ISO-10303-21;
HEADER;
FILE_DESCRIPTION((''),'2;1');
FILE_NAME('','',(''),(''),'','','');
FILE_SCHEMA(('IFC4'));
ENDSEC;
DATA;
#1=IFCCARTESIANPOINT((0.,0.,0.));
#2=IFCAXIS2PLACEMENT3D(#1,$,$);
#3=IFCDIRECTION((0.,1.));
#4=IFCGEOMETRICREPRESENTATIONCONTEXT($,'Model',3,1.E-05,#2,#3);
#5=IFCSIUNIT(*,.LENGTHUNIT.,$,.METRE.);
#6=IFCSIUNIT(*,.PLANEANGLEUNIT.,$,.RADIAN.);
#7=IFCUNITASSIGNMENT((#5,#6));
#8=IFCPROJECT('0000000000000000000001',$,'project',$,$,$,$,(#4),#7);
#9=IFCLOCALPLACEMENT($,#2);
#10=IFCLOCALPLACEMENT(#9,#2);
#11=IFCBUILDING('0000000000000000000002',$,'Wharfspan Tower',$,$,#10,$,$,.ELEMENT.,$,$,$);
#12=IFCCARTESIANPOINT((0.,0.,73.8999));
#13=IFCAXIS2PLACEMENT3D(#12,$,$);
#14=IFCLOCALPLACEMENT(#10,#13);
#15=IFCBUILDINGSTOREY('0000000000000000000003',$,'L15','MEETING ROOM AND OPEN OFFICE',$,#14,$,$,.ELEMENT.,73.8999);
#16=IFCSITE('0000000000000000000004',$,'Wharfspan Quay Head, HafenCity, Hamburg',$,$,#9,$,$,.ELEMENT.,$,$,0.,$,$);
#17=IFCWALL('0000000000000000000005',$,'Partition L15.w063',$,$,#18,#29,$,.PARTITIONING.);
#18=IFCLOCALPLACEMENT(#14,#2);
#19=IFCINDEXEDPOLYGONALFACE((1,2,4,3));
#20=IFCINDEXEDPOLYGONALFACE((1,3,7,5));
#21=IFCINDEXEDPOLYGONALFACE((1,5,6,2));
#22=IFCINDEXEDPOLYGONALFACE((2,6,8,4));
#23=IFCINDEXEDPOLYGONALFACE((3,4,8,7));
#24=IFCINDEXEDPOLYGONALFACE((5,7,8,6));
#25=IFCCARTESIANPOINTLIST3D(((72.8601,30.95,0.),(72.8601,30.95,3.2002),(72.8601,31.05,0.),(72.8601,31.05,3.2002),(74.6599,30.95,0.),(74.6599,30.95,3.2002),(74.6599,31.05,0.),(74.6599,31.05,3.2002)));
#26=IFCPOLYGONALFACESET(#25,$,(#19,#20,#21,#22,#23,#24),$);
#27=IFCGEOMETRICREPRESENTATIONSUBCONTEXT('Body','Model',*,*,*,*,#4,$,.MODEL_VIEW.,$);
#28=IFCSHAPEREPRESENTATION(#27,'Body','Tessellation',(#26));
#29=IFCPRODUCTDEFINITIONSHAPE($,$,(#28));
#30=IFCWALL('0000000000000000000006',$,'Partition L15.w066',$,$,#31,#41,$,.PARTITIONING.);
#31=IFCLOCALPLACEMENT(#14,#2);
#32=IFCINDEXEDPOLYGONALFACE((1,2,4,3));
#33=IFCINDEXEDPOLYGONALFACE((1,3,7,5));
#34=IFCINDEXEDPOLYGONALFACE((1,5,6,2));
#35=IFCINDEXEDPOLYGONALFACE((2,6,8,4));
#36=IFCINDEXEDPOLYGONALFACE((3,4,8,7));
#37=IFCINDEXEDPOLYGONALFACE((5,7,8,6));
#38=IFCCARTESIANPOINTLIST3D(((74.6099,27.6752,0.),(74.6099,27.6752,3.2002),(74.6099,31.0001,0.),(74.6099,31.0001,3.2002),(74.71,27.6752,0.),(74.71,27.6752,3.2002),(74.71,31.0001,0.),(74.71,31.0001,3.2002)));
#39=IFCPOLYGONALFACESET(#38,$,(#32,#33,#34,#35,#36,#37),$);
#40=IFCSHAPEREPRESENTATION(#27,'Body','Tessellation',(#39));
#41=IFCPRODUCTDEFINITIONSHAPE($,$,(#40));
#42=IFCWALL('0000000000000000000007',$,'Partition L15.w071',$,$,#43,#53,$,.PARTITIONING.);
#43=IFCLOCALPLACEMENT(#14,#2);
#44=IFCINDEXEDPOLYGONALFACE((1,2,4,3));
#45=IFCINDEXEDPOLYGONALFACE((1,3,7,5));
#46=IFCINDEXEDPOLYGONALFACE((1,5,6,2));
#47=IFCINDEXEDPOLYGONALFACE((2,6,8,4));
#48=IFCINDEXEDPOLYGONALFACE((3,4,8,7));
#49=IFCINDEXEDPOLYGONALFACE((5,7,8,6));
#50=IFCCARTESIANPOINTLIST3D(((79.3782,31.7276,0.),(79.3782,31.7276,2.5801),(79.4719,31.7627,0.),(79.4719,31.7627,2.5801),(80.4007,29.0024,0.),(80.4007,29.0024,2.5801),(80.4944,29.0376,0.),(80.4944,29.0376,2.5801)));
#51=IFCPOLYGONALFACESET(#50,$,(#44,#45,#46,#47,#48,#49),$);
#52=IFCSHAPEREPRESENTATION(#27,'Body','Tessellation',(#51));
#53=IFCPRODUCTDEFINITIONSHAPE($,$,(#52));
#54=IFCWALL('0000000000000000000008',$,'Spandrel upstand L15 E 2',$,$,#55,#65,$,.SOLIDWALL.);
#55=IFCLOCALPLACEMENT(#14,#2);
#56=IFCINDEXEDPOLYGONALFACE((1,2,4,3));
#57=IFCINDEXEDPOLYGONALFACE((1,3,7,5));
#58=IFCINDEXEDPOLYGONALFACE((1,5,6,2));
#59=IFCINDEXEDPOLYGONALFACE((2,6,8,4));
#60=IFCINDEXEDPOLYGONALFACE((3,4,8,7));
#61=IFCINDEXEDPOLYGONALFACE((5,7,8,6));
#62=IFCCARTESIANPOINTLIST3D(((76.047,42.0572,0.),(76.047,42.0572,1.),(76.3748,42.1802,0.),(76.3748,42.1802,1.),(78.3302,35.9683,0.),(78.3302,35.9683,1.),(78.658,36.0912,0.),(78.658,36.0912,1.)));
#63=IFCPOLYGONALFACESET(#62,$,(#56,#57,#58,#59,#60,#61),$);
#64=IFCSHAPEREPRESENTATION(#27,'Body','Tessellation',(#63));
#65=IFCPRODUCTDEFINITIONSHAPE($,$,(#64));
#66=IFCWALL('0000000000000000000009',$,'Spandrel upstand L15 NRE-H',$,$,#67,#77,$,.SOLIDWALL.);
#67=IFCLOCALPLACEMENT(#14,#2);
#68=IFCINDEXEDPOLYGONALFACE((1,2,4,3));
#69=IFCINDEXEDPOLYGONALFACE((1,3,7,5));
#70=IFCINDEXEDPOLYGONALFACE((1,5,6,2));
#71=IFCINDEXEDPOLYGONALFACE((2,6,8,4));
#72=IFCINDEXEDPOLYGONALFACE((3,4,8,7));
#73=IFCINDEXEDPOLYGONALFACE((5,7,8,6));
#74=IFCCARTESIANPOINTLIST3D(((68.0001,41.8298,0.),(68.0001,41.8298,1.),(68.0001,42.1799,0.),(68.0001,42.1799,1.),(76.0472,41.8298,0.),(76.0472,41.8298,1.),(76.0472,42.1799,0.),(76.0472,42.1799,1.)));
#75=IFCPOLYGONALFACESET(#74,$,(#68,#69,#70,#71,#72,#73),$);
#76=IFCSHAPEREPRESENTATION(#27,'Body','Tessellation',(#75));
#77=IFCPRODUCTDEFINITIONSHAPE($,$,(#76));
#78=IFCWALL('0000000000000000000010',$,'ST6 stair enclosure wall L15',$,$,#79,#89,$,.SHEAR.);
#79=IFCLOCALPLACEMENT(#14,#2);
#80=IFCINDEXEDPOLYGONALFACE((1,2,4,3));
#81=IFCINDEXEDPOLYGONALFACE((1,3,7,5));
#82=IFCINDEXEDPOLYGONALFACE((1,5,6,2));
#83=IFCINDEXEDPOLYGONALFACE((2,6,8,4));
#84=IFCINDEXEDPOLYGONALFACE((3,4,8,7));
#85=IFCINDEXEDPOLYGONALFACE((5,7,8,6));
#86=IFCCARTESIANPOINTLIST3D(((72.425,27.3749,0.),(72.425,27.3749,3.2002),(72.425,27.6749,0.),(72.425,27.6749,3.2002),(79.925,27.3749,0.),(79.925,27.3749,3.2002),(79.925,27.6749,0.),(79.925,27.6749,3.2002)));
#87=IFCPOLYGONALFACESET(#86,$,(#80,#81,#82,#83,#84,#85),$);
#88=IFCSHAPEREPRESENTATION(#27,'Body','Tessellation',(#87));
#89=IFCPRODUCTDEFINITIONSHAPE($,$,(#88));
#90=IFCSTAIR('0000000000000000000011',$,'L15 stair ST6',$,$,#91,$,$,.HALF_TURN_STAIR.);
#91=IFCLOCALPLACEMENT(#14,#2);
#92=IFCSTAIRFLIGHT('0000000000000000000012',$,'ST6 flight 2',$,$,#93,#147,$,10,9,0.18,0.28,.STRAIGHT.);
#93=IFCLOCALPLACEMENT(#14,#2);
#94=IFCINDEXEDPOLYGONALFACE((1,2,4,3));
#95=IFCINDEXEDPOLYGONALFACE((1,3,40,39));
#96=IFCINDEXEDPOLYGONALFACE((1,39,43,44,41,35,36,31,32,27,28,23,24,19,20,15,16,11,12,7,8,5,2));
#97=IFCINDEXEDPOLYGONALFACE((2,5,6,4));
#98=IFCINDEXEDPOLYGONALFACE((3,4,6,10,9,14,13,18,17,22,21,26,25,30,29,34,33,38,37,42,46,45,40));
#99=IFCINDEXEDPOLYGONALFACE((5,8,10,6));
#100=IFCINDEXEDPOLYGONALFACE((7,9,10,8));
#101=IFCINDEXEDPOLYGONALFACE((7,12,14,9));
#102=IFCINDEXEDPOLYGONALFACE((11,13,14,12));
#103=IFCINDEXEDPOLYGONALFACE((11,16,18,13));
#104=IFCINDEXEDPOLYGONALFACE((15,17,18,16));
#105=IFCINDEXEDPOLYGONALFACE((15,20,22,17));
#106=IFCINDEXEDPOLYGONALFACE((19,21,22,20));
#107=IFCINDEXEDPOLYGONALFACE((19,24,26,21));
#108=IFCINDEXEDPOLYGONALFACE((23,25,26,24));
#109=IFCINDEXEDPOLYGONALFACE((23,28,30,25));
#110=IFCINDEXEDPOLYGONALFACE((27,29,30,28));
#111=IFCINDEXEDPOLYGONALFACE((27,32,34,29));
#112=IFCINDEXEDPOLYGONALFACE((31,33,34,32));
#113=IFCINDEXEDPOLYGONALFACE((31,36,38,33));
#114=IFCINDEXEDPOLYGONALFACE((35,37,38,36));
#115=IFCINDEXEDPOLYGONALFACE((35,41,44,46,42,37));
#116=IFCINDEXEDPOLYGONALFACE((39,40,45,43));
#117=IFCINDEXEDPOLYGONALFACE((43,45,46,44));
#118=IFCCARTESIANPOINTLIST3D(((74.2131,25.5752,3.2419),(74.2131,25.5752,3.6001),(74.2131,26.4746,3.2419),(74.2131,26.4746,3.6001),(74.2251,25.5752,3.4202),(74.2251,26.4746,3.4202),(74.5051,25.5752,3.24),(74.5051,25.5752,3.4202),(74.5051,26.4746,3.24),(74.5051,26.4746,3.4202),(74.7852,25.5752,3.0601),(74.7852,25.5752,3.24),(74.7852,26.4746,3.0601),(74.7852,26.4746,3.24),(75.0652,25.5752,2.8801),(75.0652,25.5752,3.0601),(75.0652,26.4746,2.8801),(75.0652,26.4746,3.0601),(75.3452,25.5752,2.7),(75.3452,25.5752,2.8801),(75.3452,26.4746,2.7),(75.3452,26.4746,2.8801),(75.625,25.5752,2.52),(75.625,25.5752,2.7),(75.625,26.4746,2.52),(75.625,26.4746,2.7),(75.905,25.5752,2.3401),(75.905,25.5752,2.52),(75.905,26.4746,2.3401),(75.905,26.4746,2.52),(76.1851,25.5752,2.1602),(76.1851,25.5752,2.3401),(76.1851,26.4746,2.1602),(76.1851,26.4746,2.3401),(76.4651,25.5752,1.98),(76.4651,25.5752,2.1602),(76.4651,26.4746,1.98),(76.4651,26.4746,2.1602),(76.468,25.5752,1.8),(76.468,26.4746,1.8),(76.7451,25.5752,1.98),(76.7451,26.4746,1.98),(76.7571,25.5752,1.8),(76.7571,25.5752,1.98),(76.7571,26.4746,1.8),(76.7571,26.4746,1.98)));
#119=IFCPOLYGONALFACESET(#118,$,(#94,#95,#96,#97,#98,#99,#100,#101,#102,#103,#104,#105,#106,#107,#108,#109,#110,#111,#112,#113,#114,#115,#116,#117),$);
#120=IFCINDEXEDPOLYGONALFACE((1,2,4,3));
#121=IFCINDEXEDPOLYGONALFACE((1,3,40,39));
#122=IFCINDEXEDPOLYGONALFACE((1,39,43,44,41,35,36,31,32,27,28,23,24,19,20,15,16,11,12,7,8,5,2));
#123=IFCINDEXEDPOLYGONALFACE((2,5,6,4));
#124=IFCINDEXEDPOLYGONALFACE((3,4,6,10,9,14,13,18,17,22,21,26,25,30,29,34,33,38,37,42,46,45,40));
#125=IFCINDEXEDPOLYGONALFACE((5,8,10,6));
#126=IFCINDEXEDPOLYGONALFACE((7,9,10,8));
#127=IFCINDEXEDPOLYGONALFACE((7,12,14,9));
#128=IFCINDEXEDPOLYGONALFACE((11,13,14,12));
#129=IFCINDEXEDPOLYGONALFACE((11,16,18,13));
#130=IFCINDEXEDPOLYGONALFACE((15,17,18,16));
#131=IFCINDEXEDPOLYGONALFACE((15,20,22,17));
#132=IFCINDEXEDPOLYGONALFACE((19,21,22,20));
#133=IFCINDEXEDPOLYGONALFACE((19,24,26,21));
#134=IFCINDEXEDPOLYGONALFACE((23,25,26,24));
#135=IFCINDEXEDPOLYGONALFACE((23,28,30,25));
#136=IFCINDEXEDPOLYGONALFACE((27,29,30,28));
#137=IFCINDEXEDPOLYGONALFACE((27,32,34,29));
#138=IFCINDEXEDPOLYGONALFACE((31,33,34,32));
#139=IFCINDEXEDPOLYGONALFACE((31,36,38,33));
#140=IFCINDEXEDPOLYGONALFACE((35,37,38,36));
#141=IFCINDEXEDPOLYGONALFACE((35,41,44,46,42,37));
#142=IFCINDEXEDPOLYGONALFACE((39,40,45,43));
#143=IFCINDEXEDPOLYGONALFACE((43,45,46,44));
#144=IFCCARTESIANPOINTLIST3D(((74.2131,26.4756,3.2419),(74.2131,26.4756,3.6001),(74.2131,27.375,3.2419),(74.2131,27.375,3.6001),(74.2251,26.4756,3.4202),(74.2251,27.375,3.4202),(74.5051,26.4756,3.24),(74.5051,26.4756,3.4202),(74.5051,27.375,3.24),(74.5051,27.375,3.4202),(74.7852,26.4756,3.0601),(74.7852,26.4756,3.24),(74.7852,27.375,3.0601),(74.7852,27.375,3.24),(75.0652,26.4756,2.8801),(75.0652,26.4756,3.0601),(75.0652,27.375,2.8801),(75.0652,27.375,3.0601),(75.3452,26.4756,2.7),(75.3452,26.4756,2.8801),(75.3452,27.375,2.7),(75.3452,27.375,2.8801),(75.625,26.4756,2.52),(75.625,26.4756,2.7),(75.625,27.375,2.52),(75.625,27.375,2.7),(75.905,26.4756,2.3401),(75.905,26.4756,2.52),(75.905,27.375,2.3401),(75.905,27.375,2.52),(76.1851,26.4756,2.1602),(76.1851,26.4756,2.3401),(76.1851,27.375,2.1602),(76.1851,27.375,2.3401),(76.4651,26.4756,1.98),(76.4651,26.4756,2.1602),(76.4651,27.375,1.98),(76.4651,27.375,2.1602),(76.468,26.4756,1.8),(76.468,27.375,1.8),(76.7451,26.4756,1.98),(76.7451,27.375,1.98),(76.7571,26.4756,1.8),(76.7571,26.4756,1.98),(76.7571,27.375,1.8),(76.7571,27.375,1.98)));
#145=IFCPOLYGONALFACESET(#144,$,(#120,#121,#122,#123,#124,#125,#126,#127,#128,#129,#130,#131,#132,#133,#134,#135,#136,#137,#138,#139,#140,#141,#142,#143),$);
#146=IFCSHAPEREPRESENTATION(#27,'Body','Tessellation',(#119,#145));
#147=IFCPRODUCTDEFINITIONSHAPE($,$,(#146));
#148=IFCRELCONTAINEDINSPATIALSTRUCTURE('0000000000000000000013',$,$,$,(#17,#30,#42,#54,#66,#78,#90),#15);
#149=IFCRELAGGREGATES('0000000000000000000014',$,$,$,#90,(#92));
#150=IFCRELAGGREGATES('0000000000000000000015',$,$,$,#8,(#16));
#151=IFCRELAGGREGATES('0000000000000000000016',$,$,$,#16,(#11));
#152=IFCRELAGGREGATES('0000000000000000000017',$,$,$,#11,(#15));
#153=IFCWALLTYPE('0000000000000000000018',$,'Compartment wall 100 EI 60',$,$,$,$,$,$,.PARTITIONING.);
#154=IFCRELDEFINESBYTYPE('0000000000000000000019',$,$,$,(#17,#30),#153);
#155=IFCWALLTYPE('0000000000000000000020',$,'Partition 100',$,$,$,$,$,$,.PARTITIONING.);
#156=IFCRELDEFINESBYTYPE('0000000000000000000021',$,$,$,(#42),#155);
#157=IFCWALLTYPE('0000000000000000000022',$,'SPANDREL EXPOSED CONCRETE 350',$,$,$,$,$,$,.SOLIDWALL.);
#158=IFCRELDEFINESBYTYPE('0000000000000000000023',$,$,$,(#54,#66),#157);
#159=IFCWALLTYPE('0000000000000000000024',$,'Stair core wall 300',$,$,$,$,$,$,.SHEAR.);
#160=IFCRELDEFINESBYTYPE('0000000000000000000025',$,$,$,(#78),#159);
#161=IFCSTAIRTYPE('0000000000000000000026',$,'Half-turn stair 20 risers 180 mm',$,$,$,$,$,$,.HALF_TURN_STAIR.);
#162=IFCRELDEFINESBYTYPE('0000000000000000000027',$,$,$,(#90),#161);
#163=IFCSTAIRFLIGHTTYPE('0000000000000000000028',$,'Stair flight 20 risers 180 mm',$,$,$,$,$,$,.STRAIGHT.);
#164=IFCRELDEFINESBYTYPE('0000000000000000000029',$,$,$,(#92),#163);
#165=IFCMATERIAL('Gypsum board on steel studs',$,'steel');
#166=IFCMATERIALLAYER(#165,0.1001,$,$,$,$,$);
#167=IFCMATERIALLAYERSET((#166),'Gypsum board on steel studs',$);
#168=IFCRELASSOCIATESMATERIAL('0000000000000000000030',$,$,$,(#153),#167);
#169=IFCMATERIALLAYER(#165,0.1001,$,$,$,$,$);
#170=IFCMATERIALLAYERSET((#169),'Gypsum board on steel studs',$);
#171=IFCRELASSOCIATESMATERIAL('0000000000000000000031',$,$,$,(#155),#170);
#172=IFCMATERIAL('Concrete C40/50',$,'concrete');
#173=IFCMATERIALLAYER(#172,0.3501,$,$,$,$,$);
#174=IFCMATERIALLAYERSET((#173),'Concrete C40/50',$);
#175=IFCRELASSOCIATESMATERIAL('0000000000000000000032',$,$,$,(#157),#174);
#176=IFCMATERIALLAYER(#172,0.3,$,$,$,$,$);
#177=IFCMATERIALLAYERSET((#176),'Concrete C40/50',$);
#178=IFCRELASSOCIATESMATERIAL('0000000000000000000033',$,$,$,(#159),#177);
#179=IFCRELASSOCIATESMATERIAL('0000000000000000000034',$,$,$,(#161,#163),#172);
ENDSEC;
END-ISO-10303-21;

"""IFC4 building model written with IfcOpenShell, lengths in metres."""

from ifc_helpers import new_model, si_unit, direction, frame, frame_2d, origin, place, context, subcontext, project, spatial, polyline, rectangle, outline, extrude, material, layer, layer_set, type_object, element, aggregate, save


model = new_model("IFC4")

# Units and contexts
model_context = context("Model", 3, precision=1e-05, world=origin(), true_north=direction((0.0, 1.0)))
body_context = subcontext(model_context, "Body", "Model", "MODEL_VIEW")
ifc_project = project(units=[si_unit("LENGTHUNIT", "METRE"), si_unit("PLANEANGLEUNIT", "RADIAN")], contexts=[model_context])

# Site, building, storey
site_placement = place(None, origin())
site = spatial("IfcSite", under=ifc_project, at=site_placement, Name="Wharfspan Quay Head, HafenCity, Hamburg", CompositionType="ELEMENT", RefElevation=0.0)
building_placement = place(site_placement, origin())
building = spatial("IfcBuilding", under=site, at=building_placement, Name="Wharfspan Tower", CompositionType="ELEMENT")
storey_placement = place(building_placement, frame((0.0, 0.0, 73.8999)))
storey = spatial("IfcBuildingStorey", under=building, at=storey_placement, Name="L15", Description="MEETING ROOM AND OPEN OFFICE", CompositionType="ELEMENT", Elevation=73.8999)

# Walls
ifc_material_1 = material(Name="Gypsum board on steel studs", Category="steel")
ifc_layer_1 = layer(ifc_material_1, 0.1001)
ifc_layer_set_1 = layer_set([ifc_layer_1], Name="Gypsum board on steel studs")
wall_type_1 = type_object("IfcWallType", Name="Compartment wall 100 EI 60", PredefinedType="PARTITIONING", material=ifc_layer_set_1)
wall_1_placement = place(storey_placement, frame((72.8601, 31.0, 0.0), z_axis=(0.0, 0.0, 1.0), x_axis=(1.0, 0.0, 0.0)))
element("IfcWall", 1, at=wall_1_placement, inside=storey, type_object=wall_type_1, Name="Partition L15.w063", PredefinedType="PARTITIONING", context=body_context, shape_type="SweptSolid", body=[
    extrude(rectangle(XDim=1.7998, YDim=0.1001, at=frame_2d((0.8999, 0.0))), origin(), (0.0, 0.0, 1.0), 3.2002),
])
wall_2_placement = place(storey_placement, frame((74.6599, 27.675, 0.0), z_axis=(0.0, 0.0, 1.0), x_axis=(0.0, 1.0, 0.0)))
element("IfcWall", 2, at=wall_2_placement, inside=storey, type_object=wall_type_1, Name="Partition L15.w066", PredefinedType="PARTITIONING", context=body_context, shape_type="SweptSolid", body=[
    extrude(rectangle(XDim=3.325, YDim=0.1001, at=frame_2d((1.6626, 0.0))), origin(), (0.0, 0.0, 1.0), 3.2002),
])
ifc_layer_2 = layer(ifc_material_1, 0.1001)
ifc_layer_set_2 = layer_set([ifc_layer_2], Name="Gypsum board on steel studs")
wall_type_2 = type_object("IfcWallType", Name="Partition 100", PredefinedType="PARTITIONING", material=ifc_layer_set_2)
wall_3_placement = place(storey_placement, frame((80.4475, 29.02, 0.0), z_axis=(0.0, 0.0, 1.0), x_axis=(-0.35129, 0.93627, 0.0)))
element("IfcWall", 3, at=wall_3_placement, inside=storey, type_object=wall_type_2, Name="Partition L15.w071", PredefinedType="PARTITIONING", context=body_context, shape_type="SweptSolid", body=[
    extrude(rectangle(XDim=2.9106, YDim=0.1001, at=frame_2d((1.4553, 0.0))), origin(), (0.0, 0.0, 1.0), 2.5801),
])
ifc_material_2 = material(Name="Concrete C40/50", Category="concrete")
ifc_layer_3 = layer(ifc_material_2, 0.3501)
ifc_layer_set_3 = layer_set([ifc_layer_3], Name="Concrete C40/50")
wall_type_3 = type_object("IfcWallType", Name="SPANDREL EXPOSED CONCRETE 350", PredefinedType="SOLIDWALL", material=ifc_layer_set_3)
wall_4_placement = place(storey_placement, frame((78.4941, 36.0298, 0.0), z_axis=(0.0, 0.0, 1.0), x_axis=(-0.351108, 0.936338, 0.0)))
element("IfcWall", 4, at=wall_4_placement, inside=storey, type_object=wall_type_3, Name="Spandrel upstand L15 E 2", PredefinedType="SOLIDWALL", context=body_context, shape_type="SweptSolid", body=[
    extrude(rectangle(XDim=6.5029, YDim=0.3501, at=frame_2d((3.2515, 0.0))), origin(), (0.0, 0.0, 1.0), 1.0),
])
wall_5_placement = place(storey_placement, frame((76.0471, 42.0049, 0.0), z_axis=(0.0, 0.0, 1.0), x_axis=(-1.0, 0.0, 0.0)))
element("IfcWall", 5, at=wall_5_placement, inside=storey, type_object=wall_type_3, Name="Spandrel upstand L15 NRE-H", PredefinedType="SOLIDWALL", context=body_context, shape_type="SweptSolid", body=[
    extrude(rectangle(XDim=8.0471, YDim=0.3501, at=frame_2d((4.0234, 0.0))), origin(), (0.0, 0.0, 1.0), 1.0),
])
ifc_layer_4 = layer(ifc_material_2, 0.3)
ifc_layer_set_4 = layer_set([ifc_layer_4], Name="Concrete C40/50")
wall_type_4 = type_object("IfcWallType", Name="Stair core wall 300", PredefinedType="SHEAR", material=ifc_layer_set_4)
wall_6_placement = place(storey_placement, frame((72.425, 27.5249, 0.0), z_axis=(0.0, 0.0, 1.0), x_axis=(1.0, 0.0, 0.0)))
element("IfcWall", 6, at=wall_6_placement, inside=storey, type_object=wall_type_4, Name="ST6 stair enclosure wall L15", PredefinedType="SHEAR", context=body_context, shape_type="SweptSolid", body=[
    extrude(rectangle(XDim=7.5, YDim=0.3, at=frame_2d((3.75, 0.0))), origin(), (0.0, 0.0, 1.0), 3.2002),
])

# Stair, stair flight
stair_type = type_object("IfcStairType", Name="Half-turn stair 20 risers 180 mm", PredefinedType="HALF_TURN_STAIR", material=ifc_material_2)
stair_placement = place(storey_placement, origin())
stair = element("IfcStair", 7, at=stair_placement, inside=storey, type_object=stair_type, Name="L15 stair ST6", PredefinedType="HALF_TURN_STAIR")
stair_flight_type = type_object("IfcStairFlightType", Name="Stair flight 20 risers 180 mm", PredefinedType="STRAIGHT", material=ifc_material_2)
stair_flight_placement = place(storey_placement, frame((76.7451, 26.4751, 1.8), z_axis=(0.0, 0.0, 1.0), x_axis=(-1.0, 0.0, 0.0)))
stair_flight = element("IfcStairFlight", 8, at=stair_flight_placement, type_object=stair_flight_type, Name="ST6 flight 2", NumberOfRisers=10, NumberOfTreads=9, PredefinedType="STRAIGHT", RiserHeight=0.18, TreadLength=0.28, context=body_context, shape_type="SweptSolid", body=[
    extrude(outline(polyline([(-0.012, 0.0), (-0.012, 0.1799), (0.0, 0.1799), (0.28, 0.1799), (0.28, 0.3601), (0.5601, 0.3601), (0.5601, 0.54), (0.8401, 0.54), (0.8401, 0.72), (1.1201, 0.72), (1.1201, 0.8999), (1.3999, 0.8999), (1.3999, 1.0801), (1.6799, 1.0801), (1.6799, 1.26), (1.96, 1.26), (1.96, 1.4399), (2.24, 1.4399), (2.24, 1.6201), (2.52, 1.6201), (2.532, 1.8), (2.532, 1.4419), (0.2771, 0.0), (-0.012, 0.0)])), frame((0.0, 0.8999, 0.0), z_axis=(0.0, -1.0, 0.0), x_axis=(1.0, 0.0, 0.0)), (0.0, 0.0, 1.0), 0.8994),
    extrude(outline(polyline([(-0.012, 0.0), (-0.012, 0.1799), (0.0, 0.1799), (0.28, 0.1799), (0.28, 0.3601), (0.5601, 0.3601), (0.5601, 0.54), (0.8401, 0.54), (0.8401, 0.72), (1.1201, 0.72), (1.1201, 0.8999), (1.3999, 0.8999), (1.3999, 1.0801), (1.6799, 1.0801), (1.6799, 1.26), (1.96, 1.26), (1.96, 1.4399), (2.24, 1.4399), (2.24, 1.6201), (2.52, 1.6201), (2.532, 1.8), (2.532, 1.4419), (0.2771, 0.0), (-0.012, 0.0)])), frame((0.0, -0.0005, 0.0), z_axis=(0.0, -1.0, 0.0), x_axis=(1.0, 0.0, 0.0)), (0.0, 0.0, 1.0), 0.8994),
])
aggregate(stair, [stair_flight])

save(model, "model.ifc")
